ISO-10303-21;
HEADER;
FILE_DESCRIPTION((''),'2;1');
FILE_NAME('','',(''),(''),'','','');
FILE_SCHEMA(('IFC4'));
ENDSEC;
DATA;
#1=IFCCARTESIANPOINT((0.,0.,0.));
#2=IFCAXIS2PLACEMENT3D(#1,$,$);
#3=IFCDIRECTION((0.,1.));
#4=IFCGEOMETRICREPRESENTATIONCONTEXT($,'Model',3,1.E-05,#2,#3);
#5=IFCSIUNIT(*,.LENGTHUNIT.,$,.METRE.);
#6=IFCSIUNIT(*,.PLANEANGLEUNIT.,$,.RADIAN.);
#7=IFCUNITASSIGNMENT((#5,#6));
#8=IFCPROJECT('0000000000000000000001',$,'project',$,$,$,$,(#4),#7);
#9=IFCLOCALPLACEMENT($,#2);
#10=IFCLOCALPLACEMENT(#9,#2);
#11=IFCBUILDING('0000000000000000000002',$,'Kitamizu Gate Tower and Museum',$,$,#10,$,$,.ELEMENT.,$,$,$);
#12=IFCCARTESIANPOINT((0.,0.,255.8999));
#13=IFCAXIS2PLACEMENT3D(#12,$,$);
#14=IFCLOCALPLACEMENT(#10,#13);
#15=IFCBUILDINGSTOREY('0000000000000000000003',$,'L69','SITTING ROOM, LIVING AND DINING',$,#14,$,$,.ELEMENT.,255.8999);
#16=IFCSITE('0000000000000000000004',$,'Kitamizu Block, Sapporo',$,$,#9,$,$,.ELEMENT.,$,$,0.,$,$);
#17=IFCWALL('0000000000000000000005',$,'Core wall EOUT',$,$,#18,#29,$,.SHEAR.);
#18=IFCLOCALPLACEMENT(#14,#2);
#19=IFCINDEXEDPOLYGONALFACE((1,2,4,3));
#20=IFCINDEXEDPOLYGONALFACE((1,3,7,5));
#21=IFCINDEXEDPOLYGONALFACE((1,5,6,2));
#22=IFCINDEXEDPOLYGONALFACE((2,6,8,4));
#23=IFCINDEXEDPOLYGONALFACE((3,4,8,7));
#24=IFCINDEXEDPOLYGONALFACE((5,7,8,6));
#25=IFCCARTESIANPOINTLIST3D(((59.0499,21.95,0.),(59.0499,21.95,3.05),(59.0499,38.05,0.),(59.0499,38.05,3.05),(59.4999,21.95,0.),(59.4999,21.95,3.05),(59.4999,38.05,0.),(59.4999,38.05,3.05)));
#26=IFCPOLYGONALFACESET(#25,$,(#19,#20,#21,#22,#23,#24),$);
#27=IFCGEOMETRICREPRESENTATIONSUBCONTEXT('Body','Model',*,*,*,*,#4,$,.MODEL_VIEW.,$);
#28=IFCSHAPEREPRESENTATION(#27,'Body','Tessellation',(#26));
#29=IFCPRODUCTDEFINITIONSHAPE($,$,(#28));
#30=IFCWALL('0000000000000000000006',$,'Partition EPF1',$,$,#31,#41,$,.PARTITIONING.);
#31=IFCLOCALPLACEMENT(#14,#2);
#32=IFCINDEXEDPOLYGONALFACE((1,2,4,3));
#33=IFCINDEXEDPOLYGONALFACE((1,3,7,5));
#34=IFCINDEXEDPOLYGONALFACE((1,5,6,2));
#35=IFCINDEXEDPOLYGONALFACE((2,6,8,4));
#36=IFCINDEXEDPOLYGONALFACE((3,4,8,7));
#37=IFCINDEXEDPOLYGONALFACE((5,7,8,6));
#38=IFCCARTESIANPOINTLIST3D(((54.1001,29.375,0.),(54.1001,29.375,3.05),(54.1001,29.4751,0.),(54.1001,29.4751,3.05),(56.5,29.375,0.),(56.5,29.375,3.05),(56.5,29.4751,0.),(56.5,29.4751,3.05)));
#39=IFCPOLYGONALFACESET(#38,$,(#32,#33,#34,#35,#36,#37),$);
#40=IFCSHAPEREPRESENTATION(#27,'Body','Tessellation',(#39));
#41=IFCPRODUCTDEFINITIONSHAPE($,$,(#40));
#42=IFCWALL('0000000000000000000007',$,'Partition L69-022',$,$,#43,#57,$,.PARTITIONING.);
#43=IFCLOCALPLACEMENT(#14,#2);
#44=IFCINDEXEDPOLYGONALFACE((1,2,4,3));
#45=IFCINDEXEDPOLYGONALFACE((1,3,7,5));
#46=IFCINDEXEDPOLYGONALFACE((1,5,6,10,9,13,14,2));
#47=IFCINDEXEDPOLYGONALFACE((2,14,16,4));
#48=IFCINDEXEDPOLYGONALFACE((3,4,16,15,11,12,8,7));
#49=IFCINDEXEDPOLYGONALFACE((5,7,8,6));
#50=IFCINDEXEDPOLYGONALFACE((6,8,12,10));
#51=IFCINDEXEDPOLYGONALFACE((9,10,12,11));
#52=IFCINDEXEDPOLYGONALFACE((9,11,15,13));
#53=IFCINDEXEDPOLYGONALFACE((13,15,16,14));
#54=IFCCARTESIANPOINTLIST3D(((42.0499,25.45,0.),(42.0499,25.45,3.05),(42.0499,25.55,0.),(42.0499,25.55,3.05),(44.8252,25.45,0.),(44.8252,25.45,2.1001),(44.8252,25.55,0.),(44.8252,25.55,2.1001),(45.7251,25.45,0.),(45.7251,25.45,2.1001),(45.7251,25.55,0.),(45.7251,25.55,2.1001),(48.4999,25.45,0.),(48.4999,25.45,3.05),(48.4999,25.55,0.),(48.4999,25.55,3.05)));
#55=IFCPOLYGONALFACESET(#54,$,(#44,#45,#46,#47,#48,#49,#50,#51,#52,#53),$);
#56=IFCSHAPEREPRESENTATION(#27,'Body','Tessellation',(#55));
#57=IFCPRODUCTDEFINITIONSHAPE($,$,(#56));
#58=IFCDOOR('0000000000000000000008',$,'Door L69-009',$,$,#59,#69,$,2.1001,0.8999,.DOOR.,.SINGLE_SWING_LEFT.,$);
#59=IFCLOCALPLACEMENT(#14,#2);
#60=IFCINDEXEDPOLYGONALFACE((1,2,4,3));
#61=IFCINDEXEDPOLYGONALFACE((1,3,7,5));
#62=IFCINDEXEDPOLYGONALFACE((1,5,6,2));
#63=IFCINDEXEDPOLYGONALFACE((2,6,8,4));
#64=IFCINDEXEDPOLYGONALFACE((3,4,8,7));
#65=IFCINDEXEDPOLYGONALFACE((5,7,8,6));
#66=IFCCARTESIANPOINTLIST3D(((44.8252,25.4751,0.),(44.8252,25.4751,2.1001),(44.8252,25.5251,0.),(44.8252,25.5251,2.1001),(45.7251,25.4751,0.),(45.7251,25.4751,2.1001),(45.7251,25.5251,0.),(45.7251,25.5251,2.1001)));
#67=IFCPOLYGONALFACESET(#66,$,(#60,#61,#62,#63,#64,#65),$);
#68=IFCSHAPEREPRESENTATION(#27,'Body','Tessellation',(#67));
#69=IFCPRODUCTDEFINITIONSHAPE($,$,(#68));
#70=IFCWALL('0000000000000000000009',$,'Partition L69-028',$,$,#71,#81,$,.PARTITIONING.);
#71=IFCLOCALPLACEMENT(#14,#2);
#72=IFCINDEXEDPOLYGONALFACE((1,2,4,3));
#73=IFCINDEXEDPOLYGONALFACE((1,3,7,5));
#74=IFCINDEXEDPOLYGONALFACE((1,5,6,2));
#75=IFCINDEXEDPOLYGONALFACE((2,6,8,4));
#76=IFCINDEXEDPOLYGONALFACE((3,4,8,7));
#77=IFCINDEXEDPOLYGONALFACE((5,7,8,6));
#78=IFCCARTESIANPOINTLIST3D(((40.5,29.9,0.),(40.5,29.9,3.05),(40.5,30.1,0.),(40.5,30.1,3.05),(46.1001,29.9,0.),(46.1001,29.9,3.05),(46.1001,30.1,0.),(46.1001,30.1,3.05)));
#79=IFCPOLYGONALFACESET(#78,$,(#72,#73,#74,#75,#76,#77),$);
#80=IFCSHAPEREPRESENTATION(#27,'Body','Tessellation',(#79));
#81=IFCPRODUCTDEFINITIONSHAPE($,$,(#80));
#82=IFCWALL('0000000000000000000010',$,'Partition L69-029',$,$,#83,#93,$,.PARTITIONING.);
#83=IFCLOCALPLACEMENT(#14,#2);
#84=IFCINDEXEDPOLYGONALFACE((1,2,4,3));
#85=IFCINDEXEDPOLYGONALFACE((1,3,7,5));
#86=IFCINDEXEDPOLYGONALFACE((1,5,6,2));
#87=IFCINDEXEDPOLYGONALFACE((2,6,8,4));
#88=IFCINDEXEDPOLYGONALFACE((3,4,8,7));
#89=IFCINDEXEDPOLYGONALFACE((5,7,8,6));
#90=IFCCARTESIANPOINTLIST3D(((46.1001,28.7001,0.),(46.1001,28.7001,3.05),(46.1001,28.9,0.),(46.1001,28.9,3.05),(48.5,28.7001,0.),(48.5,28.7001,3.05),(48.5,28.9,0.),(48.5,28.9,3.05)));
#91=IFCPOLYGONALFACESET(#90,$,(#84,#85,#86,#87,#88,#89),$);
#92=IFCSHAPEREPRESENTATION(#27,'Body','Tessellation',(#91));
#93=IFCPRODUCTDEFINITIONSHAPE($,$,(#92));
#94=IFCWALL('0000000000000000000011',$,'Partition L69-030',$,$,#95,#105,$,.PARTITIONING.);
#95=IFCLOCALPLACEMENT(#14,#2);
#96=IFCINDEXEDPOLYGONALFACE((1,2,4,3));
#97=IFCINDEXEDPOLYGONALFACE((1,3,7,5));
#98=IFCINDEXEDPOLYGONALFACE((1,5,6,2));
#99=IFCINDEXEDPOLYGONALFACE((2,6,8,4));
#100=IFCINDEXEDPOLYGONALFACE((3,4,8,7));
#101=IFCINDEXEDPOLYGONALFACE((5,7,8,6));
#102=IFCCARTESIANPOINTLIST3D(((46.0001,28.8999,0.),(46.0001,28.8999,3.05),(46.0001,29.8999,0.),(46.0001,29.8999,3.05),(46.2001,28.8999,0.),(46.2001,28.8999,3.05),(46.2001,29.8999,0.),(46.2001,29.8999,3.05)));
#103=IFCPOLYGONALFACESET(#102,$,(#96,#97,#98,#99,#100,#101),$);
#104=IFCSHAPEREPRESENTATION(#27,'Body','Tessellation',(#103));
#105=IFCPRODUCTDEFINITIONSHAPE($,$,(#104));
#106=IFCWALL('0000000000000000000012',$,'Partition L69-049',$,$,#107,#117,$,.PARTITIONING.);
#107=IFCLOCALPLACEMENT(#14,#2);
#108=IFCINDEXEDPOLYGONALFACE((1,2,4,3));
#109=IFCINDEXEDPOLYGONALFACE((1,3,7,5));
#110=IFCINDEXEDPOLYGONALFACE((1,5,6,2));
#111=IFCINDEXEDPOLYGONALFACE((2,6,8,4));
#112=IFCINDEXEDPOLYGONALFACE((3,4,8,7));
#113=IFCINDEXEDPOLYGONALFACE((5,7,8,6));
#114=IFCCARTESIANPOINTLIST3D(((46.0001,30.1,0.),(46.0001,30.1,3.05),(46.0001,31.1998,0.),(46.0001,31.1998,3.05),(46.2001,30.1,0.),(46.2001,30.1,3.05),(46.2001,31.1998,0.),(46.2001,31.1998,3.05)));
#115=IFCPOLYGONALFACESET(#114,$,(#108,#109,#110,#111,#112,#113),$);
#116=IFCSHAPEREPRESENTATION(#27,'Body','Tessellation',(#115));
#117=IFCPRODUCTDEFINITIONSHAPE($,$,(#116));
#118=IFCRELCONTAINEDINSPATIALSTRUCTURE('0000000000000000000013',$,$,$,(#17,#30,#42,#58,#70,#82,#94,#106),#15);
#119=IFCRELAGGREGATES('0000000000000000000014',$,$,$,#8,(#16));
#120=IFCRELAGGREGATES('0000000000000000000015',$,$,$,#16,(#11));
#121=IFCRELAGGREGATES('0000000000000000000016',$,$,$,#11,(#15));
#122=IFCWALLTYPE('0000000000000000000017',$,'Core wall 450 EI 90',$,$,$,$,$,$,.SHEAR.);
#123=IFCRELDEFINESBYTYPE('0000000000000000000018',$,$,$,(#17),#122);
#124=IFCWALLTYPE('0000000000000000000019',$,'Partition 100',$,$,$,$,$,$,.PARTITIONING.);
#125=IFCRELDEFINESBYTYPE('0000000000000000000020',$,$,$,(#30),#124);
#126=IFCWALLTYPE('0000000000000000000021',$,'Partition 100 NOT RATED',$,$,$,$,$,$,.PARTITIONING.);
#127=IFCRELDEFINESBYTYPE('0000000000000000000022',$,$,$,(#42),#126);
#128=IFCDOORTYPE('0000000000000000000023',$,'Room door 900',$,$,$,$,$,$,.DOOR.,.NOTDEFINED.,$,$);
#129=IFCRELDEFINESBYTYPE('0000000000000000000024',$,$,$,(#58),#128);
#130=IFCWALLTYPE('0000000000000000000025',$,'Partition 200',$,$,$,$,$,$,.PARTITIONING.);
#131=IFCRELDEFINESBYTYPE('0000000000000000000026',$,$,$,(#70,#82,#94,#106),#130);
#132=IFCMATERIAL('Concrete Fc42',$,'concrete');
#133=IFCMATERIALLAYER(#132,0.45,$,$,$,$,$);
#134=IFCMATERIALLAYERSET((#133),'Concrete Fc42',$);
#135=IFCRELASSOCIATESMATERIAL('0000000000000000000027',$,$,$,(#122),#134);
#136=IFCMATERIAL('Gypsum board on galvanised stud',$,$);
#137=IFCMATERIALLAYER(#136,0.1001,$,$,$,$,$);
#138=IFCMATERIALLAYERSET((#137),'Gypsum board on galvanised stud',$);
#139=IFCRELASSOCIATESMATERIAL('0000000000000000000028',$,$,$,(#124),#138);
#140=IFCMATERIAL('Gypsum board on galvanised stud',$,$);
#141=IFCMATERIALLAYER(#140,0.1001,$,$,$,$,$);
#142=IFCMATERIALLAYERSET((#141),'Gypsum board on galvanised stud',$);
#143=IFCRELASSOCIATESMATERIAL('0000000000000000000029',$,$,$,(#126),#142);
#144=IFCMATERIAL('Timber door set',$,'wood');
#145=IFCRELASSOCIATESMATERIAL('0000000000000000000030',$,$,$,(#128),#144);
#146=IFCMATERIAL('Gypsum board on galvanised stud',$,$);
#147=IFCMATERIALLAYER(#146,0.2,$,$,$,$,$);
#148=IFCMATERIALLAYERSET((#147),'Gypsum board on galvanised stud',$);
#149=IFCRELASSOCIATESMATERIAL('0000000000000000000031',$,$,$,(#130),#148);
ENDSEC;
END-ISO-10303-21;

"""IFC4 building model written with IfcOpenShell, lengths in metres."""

from ifc_helpers import new_model, si_unit, direction, frame, frame_2d, origin, place, context, subcontext, project, spatial, rectangle, extrude, material, layer, layer_set, type_object, element, fill, save


model = new_model("IFC4")

# Units and contexts
model_context = context("Model", 3, precision=1e-05, world=origin(), true_north=direction((0.0, 1.0)))
body_context = subcontext(model_context, "Body", "Model", "MODEL_VIEW")
ifc_project = project(units=[si_unit("LENGTHUNIT", "METRE"), si_unit("PLANEANGLEUNIT", "RADIAN")], contexts=[model_context])

# Site, building, storey
site_placement = place(None, origin())
site = spatial("IfcSite", under=ifc_project, at=site_placement, Name="Kitamizu Block, Sapporo", CompositionType="ELEMENT", RefElevation=0.0)
building_placement = place(site_placement, origin())
building = spatial("IfcBuilding", under=site, at=building_placement, Name="Kitamizu Gate Tower and Museum", CompositionType="ELEMENT")
storey_placement = place(building_placement, frame((0.0, 0.0, 255.8999)))
storey = spatial("IfcBuildingStorey", under=building, at=storey_placement, Name="L69", Description="SITTING ROOM, LIVING AND DINING", CompositionType="ELEMENT", Elevation=255.8999)

# Walls
ifc_material_1 = material(Name="Concrete Fc42", Category="concrete")
ifc_layer_1 = layer(ifc_material_1, 0.45)
ifc_layer_set_1 = layer_set([ifc_layer_1], Name="Concrete Fc42")
wall_type_1 = type_object("IfcWallType", Name="Core wall 450 EI 90", PredefinedType="SHEAR", material=ifc_layer_set_1)
wall_1_placement = place(storey_placement, frame((59.2749, 21.95, 0.0), z_axis=(0.0, 0.0, 1.0), x_axis=(0.0, 1.0, 0.0)))
element("IfcWall", 1, at=wall_1_placement, inside=storey, type_object=wall_type_1, Name="Core wall EOUT", PredefinedType="SHEAR", context=body_context, shape_type="SweptSolid", body=[
    extrude(rectangle(XDim=16.1001, YDim=0.45, at=frame_2d((8.05, 0.0))), origin(), (0.0, 0.0, 1.0), 3.05),
])
ifc_material_2 = material(Name="Gypsum board on galvanised stud")
ifc_layer_2 = layer(ifc_material_2, 0.1001)
ifc_layer_set_2 = layer_set([ifc_layer_2], Name="Gypsum board on galvanised stud")
wall_type_2 = type_object("IfcWallType", Name="Partition 100", PredefinedType="PARTITIONING", material=ifc_layer_set_2)
wall_2_placement = place(storey_placement, frame((56.5, 29.425, 0.0), z_axis=(0.0, 0.0, 1.0), x_axis=(-1.0, 0.0, 0.0)))
element("IfcWall", 2, at=wall_2_placement, inside=storey, type_object=wall_type_2, Name="Partition EPF1", PredefinedType="PARTITIONING", context=body_context, shape_type="SweptSolid", body=[
    extrude(rectangle(XDim=2.3999, YDim=0.1001, at=frame_2d((1.2, 0.0))), origin(), (0.0, 0.0, 1.0), 3.05),
])

# Wall, opening, door
ifc_material_3 = material(Name="Gypsum board on galvanised stud")
ifc_layer_3 = layer(ifc_material_3, 0.1001)
ifc_layer_set_3 = layer_set([ifc_layer_3], Name="Gypsum board on galvanised stud")
wall_type_3 = type_object("IfcWallType", Name="Partition 100 NOT RATED", PredefinedType="PARTITIONING", material=ifc_layer_set_3)
wall_3_placement = place(storey_placement, frame((48.5, 25.5, 0.0), z_axis=(0.0, 0.0, 1.0), x_axis=(-1.0, 0.0, 0.0)))
wall_3 = element("IfcWall", 3, at=wall_3_placement, inside=storey, type_object=wall_type_3, Name="Partition L69-022", PredefinedType="PARTITIONING", context=body_context, shape_type="SweptSolid", body=[
    extrude(rectangle(XDim=6.45, YDim=0.1001, at=frame_2d((3.2251, 0.0))), origin(), (0.0, 0.0, 1.0), 3.05),
])
opening_1_placement = place(wall_3_placement, frame((2.7749, 0.0, 0.0)))
opening_1 = element("IfcOpeningElement", 4, at=opening_1_placement, cuts=wall_3, PredefinedType="OPENING", context=body_context, shape_type="SweptSolid", body=[
    extrude(rectangle(XDim=0.8999, YDim=2.1001, at=frame_2d((0.45, 1.05))), frame((0.0, 0.0601, 0.0), z_axis=(0.0, -1.0, 0.0), x_axis=(1.0, 0.0, 0.0)), (0.0, 0.0, 1.0), 0.1201),
])
ifc_material_4 = material(Name="Timber door set", Category="wood")
door_type_1 = type_object("IfcDoorType", Name="Room door 900", OperationType="NOTDEFINED", PredefinedType="DOOR", material=ifc_material_4)
door_1_placement = place(opening_1_placement, origin())
door_1 = element("IfcDoor", 5, at=door_1_placement, inside=storey, type_object=door_type_1, Name="Door L69-009", OperationType="SINGLE_SWING_LEFT", OverallHeight=2.1001, OverallWidth=0.8999, PredefinedType="DOOR", context=body_context, shape_type="SweptSolid", body=[
    extrude(rectangle(XDim=0.8999, YDim=2.1001, at=frame_2d((0.45, 1.05))), frame((0.0, 0.0249, 0.0), z_axis=(0.0, -1.0, 0.0), x_axis=(1.0, 0.0, 0.0)), (0.0, 0.0, 1.0), 0.05),
])
fill(opening_1, door_1)

# Walls
ifc_material_5 = material(Name="Gypsum board on galvanised stud")
ifc_layer_4 = layer(ifc_material_5, 0.2)
ifc_layer_set_4 = layer_set([ifc_layer_4], Name="Gypsum board on galvanised stud")
wall_type_4 = type_object("IfcWallType", Name="Partition 200", PredefinedType="PARTITIONING", material=ifc_layer_set_4)
wall_4_placement = place(storey_placement, frame((46.1001, 30.0, 0.0), z_axis=(0.0, 0.0, 1.0), x_axis=(-1.0, 0.0, 0.0)))
element("IfcWall", 6, at=wall_4_placement, inside=storey, type_object=wall_type_4, Name="Partition L69-028", PredefinedType="PARTITIONING", context=body_context, shape_type="SweptSolid", body=[
    extrude(rectangle(XDim=5.6001, YDim=0.2, at=frame_2d((2.8, 0.0))), origin(), (0.0, 0.0, 1.0), 3.05),
])
wall_5_placement = place(storey_placement, frame((48.5, 28.8, 0.0), z_axis=(0.0, 0.0, 1.0), x_axis=(-1.0, 0.0, 0.0)))
element("IfcWall", 7, at=wall_5_placement, inside=storey, type_object=wall_type_4, Name="Partition L69-029", PredefinedType="PARTITIONING", context=body_context, shape_type="SweptSolid", body=[
    extrude(rectangle(XDim=2.3999, YDim=0.2, at=frame_2d((1.2, 0.0))), origin(), (0.0, 0.0, 1.0), 3.05),
])
wall_6_placement = place(storey_placement, frame((46.1001, 28.8999, 0.0), z_axis=(0.0, 0.0, 1.0), x_axis=(0.0, 1.0, 0.0)))
element("IfcWall", 8, at=wall_6_placement, inside=storey, type_object=wall_type_4, Name="Partition L69-030", PredefinedType="PARTITIONING", context=body_context, shape_type="SweptSolid", body=[
    extrude(rectangle(XDim=1.0, YDim=0.2, at=frame_2d((0.5, 0.0))), origin(), (0.0, 0.0, 1.0), 3.05),
])
wall_7_placement = place(storey_placement, frame((46.1001, 30.1001, 0.0), z_axis=(0.0, 0.0, 1.0), x_axis=(0.0, 1.0, 0.0)))
element("IfcWall", 9, at=wall_7_placement, inside=storey, type_object=wall_type_4, Name="Partition L69-049", PredefinedType="PARTITIONING", context=body_context, shape_type="SweptSolid", body=[
    extrude(rectangle(XDim=1.0999, YDim=0.2, at=frame_2d((0.5498, 0.0))), origin(), (0.0, 0.0, 1.0), 3.05),
])

save(model, "model.ifc")
